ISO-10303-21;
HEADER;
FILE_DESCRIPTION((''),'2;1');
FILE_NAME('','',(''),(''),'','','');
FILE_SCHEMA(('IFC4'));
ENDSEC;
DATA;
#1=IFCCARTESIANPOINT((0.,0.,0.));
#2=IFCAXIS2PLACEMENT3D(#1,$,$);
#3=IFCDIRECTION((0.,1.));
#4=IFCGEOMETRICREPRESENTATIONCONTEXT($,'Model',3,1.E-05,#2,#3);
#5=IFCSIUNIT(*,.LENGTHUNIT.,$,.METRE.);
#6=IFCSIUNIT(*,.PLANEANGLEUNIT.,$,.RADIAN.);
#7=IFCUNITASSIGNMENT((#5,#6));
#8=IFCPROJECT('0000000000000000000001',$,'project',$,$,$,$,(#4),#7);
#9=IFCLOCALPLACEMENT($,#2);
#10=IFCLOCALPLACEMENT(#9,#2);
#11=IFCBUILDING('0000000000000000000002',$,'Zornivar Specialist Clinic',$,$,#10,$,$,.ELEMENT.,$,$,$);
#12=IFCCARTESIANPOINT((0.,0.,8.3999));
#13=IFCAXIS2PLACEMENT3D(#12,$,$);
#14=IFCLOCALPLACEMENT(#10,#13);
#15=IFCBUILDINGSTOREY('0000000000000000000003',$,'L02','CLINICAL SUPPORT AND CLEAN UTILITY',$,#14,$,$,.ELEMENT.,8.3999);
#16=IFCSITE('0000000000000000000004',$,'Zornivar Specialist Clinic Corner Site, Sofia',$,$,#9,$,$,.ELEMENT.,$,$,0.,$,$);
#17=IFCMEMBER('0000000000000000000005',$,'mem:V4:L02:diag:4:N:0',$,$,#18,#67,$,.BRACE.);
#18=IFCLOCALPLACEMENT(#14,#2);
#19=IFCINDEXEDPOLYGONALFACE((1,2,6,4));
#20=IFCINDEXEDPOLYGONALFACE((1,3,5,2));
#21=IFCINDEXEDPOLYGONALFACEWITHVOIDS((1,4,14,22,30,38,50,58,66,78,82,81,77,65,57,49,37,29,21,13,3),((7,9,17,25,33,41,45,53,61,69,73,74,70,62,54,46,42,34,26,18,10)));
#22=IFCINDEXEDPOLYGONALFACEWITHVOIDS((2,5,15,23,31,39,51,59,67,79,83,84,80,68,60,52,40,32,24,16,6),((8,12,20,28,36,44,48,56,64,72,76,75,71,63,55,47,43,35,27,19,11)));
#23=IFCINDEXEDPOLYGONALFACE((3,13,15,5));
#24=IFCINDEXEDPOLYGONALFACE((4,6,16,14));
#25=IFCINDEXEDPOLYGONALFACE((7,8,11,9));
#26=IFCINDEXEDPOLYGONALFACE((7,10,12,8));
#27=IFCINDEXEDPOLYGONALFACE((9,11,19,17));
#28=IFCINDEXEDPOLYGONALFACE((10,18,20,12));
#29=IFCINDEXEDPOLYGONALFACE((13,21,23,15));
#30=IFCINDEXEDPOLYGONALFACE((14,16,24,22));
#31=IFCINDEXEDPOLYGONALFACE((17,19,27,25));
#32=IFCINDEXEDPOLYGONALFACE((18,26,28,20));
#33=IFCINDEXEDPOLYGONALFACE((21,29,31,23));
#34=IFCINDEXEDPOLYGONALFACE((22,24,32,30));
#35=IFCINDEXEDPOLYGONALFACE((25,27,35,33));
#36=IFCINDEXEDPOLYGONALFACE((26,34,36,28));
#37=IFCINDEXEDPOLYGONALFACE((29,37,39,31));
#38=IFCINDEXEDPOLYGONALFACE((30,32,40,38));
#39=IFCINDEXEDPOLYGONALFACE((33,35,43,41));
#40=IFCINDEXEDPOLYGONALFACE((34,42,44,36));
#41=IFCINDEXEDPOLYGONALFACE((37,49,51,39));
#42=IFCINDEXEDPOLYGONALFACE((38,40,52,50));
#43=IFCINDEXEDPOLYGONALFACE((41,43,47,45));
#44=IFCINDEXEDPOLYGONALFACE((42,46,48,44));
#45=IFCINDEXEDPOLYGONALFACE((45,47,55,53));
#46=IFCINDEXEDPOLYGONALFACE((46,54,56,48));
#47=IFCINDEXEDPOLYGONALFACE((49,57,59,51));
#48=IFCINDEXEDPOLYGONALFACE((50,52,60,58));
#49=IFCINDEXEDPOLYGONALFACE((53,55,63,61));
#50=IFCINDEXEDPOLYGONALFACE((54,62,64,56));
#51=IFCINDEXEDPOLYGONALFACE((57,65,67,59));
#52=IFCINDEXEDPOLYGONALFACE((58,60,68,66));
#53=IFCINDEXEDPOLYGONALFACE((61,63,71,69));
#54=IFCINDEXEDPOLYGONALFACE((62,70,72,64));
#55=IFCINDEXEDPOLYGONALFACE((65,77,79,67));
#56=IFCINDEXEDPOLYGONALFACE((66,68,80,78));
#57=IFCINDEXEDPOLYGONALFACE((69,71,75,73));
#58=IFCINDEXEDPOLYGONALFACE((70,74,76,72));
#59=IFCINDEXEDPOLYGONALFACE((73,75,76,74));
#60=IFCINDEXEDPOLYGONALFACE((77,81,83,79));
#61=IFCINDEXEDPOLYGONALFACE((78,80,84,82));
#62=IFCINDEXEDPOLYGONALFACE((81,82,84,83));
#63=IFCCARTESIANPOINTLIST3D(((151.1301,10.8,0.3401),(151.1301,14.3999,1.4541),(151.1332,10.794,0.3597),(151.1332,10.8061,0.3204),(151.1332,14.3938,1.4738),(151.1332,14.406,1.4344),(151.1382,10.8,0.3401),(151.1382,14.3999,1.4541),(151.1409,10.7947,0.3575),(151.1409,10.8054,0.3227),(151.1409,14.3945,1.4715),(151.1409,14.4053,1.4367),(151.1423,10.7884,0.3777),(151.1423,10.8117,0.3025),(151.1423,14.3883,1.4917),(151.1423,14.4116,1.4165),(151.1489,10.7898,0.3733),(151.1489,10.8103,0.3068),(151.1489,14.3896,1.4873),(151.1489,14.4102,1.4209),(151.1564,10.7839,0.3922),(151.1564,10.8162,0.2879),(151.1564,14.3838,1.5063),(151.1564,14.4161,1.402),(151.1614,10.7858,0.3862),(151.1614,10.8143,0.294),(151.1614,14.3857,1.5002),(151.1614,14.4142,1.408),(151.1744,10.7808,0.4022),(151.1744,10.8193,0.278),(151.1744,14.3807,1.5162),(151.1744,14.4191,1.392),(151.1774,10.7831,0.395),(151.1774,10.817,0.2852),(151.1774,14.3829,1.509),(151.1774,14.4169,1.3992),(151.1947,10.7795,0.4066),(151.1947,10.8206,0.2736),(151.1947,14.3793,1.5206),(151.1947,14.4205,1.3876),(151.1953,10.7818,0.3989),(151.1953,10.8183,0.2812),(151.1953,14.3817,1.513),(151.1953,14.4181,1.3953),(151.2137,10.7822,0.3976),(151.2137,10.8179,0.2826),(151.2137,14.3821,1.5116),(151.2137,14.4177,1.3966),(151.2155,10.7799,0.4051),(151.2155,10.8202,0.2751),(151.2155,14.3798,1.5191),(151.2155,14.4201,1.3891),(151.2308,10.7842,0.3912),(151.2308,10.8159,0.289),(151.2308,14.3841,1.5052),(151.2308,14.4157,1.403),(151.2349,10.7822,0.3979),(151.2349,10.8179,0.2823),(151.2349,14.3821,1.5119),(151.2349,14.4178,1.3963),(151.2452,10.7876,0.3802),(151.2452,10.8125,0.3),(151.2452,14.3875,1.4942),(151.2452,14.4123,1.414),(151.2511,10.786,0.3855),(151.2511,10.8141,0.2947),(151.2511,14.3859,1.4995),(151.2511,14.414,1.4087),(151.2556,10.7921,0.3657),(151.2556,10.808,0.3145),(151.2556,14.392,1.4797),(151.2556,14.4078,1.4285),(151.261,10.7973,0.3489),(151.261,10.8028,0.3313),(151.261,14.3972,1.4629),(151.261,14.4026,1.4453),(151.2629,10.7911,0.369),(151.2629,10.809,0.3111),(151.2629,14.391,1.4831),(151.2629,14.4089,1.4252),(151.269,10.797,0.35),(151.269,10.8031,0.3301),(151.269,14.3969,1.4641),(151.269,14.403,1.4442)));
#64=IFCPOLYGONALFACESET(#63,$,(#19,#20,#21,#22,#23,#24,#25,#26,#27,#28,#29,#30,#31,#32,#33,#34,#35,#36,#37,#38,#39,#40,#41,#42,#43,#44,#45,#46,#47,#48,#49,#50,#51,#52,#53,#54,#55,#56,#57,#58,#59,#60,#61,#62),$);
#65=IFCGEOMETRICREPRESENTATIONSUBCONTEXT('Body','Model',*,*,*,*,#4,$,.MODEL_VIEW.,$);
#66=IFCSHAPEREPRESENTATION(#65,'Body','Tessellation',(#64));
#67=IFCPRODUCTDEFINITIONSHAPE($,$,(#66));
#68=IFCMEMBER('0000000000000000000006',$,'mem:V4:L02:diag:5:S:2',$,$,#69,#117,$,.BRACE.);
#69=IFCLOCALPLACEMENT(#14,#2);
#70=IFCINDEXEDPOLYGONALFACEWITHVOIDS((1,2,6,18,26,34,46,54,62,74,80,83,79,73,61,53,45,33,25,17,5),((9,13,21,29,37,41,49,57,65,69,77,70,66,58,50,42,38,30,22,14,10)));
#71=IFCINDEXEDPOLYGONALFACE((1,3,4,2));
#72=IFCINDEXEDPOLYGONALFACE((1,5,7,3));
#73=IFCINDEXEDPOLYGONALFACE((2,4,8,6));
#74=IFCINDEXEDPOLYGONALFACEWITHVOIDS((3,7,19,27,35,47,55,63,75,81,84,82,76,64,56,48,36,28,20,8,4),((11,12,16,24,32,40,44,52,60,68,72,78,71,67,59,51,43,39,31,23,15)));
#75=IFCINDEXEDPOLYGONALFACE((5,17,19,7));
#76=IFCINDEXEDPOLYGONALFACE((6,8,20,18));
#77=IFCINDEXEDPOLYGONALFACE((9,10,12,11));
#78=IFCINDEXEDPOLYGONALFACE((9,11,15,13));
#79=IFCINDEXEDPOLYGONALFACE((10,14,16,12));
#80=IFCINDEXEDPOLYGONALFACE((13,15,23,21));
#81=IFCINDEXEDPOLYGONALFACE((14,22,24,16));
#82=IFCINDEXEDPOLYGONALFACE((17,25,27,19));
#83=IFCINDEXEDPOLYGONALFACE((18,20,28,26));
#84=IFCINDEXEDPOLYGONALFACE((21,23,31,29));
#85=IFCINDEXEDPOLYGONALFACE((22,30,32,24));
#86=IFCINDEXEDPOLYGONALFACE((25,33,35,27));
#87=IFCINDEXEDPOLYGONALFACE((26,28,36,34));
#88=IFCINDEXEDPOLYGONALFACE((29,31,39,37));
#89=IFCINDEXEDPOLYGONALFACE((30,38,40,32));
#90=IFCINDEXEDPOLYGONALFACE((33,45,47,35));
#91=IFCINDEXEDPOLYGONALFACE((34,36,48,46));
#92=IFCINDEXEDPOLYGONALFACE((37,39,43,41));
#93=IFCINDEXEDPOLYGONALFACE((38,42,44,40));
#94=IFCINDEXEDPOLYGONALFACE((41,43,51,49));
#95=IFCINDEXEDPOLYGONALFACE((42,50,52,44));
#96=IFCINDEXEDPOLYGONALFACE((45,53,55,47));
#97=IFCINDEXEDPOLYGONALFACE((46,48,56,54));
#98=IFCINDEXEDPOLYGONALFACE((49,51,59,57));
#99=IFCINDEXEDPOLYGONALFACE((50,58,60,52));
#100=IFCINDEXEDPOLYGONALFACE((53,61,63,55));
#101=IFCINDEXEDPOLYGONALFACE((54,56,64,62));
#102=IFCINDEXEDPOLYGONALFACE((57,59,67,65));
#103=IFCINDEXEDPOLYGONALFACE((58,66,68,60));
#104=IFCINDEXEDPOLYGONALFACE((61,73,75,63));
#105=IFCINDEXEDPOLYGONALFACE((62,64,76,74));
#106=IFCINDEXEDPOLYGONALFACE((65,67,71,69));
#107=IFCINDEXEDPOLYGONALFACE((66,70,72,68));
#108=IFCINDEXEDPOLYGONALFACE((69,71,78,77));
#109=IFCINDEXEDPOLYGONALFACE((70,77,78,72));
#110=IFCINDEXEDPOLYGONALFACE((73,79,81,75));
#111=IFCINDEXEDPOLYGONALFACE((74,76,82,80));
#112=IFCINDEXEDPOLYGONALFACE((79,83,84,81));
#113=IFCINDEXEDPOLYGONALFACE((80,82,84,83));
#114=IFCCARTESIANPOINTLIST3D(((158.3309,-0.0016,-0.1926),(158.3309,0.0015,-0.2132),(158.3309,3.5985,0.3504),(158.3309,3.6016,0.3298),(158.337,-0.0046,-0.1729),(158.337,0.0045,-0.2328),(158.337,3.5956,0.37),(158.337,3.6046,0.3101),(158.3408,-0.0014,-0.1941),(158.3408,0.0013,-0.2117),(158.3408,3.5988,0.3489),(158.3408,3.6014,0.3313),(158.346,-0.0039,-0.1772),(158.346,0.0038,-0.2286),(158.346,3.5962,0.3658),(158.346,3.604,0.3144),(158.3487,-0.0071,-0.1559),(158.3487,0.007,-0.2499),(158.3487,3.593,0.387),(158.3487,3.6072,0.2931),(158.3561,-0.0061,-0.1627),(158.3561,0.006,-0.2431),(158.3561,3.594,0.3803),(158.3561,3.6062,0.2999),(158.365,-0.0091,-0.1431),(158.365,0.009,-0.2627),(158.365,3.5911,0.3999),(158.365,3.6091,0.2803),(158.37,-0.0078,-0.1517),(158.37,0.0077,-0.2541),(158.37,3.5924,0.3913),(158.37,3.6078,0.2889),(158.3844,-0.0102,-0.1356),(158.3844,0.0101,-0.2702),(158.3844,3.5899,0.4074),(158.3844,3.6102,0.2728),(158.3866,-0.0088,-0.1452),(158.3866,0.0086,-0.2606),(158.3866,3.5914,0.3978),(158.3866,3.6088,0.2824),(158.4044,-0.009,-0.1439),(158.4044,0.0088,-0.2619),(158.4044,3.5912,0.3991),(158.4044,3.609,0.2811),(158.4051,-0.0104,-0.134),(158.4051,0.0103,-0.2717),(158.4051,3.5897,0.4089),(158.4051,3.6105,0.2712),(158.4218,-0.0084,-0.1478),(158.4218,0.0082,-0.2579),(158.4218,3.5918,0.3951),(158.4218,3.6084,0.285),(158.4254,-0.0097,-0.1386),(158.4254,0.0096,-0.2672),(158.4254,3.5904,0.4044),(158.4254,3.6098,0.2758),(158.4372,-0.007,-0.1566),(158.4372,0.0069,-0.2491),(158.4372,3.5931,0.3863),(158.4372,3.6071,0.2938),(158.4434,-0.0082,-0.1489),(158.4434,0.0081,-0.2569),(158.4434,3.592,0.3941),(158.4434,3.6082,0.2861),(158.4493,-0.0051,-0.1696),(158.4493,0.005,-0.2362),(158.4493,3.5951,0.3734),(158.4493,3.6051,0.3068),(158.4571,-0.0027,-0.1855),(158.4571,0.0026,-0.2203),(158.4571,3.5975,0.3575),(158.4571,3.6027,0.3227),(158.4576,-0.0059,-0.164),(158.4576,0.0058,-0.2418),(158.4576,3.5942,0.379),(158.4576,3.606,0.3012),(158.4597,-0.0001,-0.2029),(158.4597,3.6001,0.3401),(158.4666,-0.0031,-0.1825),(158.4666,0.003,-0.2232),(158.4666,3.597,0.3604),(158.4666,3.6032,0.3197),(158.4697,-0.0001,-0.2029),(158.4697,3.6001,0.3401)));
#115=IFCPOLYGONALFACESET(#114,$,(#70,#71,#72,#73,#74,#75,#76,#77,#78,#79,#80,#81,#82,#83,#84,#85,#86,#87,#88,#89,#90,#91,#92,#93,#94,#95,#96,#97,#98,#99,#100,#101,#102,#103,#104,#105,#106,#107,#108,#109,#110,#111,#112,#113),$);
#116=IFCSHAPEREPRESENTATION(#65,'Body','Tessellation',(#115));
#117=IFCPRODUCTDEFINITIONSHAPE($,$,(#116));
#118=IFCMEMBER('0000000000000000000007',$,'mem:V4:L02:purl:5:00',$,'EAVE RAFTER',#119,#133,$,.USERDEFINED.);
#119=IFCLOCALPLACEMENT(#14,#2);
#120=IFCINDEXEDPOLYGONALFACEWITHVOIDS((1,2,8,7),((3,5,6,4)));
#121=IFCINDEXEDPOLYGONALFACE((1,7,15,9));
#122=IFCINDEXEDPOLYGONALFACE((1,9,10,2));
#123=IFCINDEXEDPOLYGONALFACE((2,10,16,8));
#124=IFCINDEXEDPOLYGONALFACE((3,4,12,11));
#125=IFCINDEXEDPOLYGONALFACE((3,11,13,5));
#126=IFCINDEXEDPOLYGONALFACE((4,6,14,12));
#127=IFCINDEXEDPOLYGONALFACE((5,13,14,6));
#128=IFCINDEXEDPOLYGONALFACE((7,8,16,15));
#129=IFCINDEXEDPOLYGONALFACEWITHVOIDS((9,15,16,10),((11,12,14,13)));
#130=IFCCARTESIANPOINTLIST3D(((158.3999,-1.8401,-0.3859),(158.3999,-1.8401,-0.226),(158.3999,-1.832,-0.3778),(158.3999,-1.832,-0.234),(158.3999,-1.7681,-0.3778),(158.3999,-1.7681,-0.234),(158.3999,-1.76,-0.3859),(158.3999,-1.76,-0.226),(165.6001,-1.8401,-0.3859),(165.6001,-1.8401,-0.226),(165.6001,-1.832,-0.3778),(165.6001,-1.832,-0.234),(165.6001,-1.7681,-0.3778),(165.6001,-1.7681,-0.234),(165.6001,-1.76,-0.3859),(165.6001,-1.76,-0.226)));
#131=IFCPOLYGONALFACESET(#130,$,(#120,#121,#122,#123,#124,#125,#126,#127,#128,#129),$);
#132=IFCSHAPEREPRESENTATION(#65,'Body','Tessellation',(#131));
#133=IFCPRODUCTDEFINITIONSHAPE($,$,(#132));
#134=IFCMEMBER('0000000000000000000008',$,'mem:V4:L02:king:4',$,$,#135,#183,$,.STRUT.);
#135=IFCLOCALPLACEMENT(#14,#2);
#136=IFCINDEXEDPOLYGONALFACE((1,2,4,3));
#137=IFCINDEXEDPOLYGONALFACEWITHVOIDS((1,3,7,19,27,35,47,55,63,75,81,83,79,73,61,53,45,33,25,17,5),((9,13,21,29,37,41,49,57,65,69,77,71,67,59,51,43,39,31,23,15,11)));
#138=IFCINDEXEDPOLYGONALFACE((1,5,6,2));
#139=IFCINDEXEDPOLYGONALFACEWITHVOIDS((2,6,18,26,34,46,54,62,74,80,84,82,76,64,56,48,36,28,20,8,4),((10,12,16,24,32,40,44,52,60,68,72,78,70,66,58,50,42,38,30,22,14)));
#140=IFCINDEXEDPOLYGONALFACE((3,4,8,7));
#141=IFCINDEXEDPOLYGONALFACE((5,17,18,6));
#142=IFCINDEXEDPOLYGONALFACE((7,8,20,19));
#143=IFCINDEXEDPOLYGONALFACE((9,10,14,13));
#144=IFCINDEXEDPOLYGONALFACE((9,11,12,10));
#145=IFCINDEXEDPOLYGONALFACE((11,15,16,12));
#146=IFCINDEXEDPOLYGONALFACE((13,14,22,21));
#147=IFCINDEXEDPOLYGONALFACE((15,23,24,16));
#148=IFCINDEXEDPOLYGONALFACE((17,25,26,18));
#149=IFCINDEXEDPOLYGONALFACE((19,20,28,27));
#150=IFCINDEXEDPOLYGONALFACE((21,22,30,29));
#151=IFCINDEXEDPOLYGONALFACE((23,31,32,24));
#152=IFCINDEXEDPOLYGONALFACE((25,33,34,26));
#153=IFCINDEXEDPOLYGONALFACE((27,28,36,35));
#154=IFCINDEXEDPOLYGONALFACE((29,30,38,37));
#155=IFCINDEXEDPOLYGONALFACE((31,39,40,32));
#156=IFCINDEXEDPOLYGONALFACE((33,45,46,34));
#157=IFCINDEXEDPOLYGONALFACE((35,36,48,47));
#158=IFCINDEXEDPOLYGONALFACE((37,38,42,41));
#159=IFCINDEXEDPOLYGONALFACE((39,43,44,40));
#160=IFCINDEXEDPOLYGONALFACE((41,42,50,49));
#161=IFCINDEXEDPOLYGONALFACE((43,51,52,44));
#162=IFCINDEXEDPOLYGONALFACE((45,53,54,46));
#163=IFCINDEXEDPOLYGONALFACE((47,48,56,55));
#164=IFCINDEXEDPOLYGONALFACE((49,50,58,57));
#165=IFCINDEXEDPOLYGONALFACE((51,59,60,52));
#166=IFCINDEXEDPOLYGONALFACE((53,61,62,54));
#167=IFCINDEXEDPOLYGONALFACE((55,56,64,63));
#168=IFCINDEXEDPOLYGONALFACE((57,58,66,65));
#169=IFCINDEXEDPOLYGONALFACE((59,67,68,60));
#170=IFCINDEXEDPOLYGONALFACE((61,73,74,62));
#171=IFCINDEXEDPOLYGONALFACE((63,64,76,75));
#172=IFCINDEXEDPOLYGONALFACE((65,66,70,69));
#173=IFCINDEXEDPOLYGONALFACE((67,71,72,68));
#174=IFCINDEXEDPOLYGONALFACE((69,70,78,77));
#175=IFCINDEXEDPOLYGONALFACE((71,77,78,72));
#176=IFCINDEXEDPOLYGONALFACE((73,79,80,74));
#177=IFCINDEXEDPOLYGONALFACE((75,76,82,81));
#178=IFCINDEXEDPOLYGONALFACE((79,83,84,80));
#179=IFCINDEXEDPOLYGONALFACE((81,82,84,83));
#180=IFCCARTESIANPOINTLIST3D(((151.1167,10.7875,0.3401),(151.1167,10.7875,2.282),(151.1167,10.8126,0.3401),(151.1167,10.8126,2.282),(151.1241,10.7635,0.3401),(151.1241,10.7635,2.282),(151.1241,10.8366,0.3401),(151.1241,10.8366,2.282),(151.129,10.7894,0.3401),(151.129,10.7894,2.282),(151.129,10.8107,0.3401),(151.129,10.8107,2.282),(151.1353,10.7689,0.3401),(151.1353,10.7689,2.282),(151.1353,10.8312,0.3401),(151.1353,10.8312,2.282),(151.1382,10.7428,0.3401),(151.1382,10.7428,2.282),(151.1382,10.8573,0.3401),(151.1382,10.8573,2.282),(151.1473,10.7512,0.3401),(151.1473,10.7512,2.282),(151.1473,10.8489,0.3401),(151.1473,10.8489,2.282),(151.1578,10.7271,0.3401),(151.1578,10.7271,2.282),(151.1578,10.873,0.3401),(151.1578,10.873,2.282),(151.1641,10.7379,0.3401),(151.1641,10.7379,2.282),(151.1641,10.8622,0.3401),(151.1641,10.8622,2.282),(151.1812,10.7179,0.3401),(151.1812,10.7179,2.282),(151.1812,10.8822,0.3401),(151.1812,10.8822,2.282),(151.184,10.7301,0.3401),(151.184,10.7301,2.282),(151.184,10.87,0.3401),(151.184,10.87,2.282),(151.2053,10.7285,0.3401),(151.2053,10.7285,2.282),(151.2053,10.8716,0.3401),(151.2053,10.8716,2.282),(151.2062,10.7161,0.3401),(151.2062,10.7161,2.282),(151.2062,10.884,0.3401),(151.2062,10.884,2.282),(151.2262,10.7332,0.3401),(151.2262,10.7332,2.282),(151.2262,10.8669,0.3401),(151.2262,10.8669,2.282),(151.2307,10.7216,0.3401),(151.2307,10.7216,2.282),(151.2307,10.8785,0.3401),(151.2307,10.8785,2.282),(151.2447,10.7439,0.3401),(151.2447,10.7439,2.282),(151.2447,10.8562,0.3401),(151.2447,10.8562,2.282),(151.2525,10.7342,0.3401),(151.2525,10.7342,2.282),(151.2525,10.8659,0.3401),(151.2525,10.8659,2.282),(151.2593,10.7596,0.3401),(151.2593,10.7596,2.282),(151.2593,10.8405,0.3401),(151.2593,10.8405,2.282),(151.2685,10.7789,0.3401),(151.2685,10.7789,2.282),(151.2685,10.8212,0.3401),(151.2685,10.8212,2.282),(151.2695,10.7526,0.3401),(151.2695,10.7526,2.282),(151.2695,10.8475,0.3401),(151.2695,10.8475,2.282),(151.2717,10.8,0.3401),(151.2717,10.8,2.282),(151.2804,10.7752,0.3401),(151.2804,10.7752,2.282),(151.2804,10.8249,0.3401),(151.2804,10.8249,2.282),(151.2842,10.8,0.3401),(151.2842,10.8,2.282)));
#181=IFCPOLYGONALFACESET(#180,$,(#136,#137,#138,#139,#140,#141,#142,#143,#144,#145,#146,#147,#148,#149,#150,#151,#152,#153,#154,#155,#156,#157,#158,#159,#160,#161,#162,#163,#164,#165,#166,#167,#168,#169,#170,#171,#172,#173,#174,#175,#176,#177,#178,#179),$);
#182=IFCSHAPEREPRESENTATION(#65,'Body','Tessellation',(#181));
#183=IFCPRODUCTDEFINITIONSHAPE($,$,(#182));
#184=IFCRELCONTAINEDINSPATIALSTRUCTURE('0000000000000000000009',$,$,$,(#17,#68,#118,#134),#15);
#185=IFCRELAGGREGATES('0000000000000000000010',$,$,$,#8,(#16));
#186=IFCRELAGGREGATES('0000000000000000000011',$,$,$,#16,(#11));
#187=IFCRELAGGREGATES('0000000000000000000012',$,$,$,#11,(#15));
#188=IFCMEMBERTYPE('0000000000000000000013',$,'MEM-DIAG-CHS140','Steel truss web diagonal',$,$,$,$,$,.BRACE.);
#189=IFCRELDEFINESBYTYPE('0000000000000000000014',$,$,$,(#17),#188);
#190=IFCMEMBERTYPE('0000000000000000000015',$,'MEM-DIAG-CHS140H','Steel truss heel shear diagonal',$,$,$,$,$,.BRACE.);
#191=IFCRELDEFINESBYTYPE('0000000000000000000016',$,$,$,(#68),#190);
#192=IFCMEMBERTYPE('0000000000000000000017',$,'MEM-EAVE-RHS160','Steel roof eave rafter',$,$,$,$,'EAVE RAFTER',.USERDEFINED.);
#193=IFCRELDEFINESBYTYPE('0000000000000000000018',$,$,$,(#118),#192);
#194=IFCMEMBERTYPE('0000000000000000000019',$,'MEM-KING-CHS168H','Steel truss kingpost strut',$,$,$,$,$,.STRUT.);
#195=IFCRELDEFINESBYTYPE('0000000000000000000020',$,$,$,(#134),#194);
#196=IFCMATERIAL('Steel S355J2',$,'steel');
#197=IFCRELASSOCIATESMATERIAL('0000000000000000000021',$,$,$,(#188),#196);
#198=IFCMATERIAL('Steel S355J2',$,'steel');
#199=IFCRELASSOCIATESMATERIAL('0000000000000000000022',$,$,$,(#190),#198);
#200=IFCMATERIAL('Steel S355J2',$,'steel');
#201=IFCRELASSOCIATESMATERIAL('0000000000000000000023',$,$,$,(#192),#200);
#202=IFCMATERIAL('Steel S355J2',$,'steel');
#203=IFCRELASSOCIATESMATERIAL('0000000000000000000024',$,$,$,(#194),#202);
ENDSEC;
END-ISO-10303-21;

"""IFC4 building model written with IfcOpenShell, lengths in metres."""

from ifc_helpers import new_model, si_unit, direction, frame, origin, origin_2d, place, context, subcontext, project, spatial, hollow_rectangle, hollow_circle, extrude, material, material_profile, profile_set, type_object, element, save


model = new_model("IFC4")

# Units and contexts
model_context = context("Model", 3, precision=1e-05, world=origin(), true_north=direction((0.0, 1.0)))
body_context = subcontext(model_context, "Body", "Model", "MODEL_VIEW")
ifc_project = project(units=[si_unit("LENGTHUNIT", "METRE"), si_unit("PLANEANGLEUNIT", "RADIAN")], contexts=[model_context])

# Site, building, storey
site_placement = place(None, origin())
site = spatial("IfcSite", under=ifc_project, at=site_placement, Name="Zornivar Specialist Clinic Corner Site, Sofia", CompositionType="ELEMENT", RefElevation=0.0)
building_placement = place(site_placement, origin())
building = spatial("IfcBuilding", under=site, at=building_placement, Name="Zornivar Specialist Clinic", CompositionType="ELEMENT")
storey_placement = place(building_placement, frame((0.0, 0.0, 8.3999)))
storey = spatial("IfcBuildingStorey", under=building, at=storey_placement, Name="L02", Description="CLINICAL SUPPORT AND CLEAN UTILITY", CompositionType="ELEMENT", Elevation=8.3999)

# Members
ifc_material_1 = material(Name="Steel S355J2", Category="steel")
ifc_material_profile_1 = material_profile(ifc_material_1, hollow_circle(Radius=0.0698, WallThickness=0.0081, at=origin_2d()), Name="CHS 139.7x8")
ifc_profile_set_1 = profile_set([ifc_material_profile_1], Name="Steel S355J2")
member_type_1 = type_object("IfcMemberType", Name="MEM-DIAG-CHS140", Description="Steel truss web diagonal", PredefinedType="BRACE", material=ifc_profile_set_1)
member_1_placement = place(storey_placement, frame((151.2, 10.8, 0.3401), z_axis=(0.0, 0.955303, 0.295629), x_axis=(-1.0, 0.0, 0.0)))
element("IfcMember", 1, at=member_1_placement, inside=storey, type_object=member_type_1, Name="mem:V4:L02:diag:4:N:0", PredefinedType="BRACE", context=body_context, shape_type="SweptSolid", body=[
    extrude(hollow_circle(Radius=0.0698, WallThickness=0.0081, at=origin_2d()), origin(), (0.0, 0.0, 1.0), 3.7683),
])
ifc_material_2 = material(Name="Steel S355J2", Category="steel")
ifc_material_profile_2 = material_profile(ifc_material_2, hollow_circle(Radius=0.0698, WallThickness=0.01, at=origin_2d()), Name="CHS 139.7x10")
ifc_profile_set_2 = profile_set([ifc_material_profile_2], Name="Steel S355J2")
member_type_2 = type_object("IfcMemberType", Name="MEM-DIAG-CHS140H", Description="Steel truss heel shear diagonal", PredefinedType="BRACE", material=ifc_profile_set_2)
member_2_placement = place(storey_placement, frame((158.3999, 3.6001, 0.3401), z_axis=(0.0, -0.988817, -0.149134), x_axis=(1.0, 0.0, 0.0)))
element("IfcMember", 2, at=member_2_placement, inside=storey, type_object=member_type_2, Name="mem:V4:L02:diag:5:S:2", PredefinedType="BRACE", context=body_context, shape_type="SweptSolid", body=[
    extrude(hollow_circle(Radius=0.0698, WallThickness=0.01, at=origin_2d()), origin(), (0.0, 0.0, 1.0), 3.6409),
])
ifc_material_3 = material(Name="Steel S355J2", Category="steel")
ifc_material_profile_3 = material_profile(ifc_material_3, hollow_rectangle(XDim=0.0801, YDim=0.1599, WallThickness=0.0081, at=origin_2d()), Name="RHS 160x80x8")
ifc_profile_set_3 = profile_set([ifc_material_profile_3], Name="Steel S355J2")
member_type_3 = type_object("IfcMemberType", Name="MEM-EAVE-RHS160", Description="Steel roof eave rafter", ElementType="EAVE RAFTER", PredefinedType="USERDEFINED", material=ifc_profile_set_3)
member_3_placement = place(storey_placement, frame((158.3999, -1.8, -0.3059), z_axis=(1.0, 0.0, 0.0), x_axis=(0.0, 1.0, 0.0)))
element("IfcMember", 3, at=member_3_placement, inside=storey, type_object=member_type_3, Name="mem:V4:L02:purl:5:00", ObjectType="EAVE RAFTER", PredefinedType="USERDEFINED", context=body_context, shape_type="SweptSolid", body=[
    extrude(hollow_rectangle(XDim=0.0801, YDim=0.1599, WallThickness=0.0081, at=origin_2d()), origin(), (0.0, 0.0, 1.0), 7.2002),
])
ifc_material_4 = material(Name="Steel S355J2", Category="steel")
ifc_material_profile_4 = material_profile(ifc_material_4, hollow_circle(Radius=0.0842, WallThickness=0.0125, at=origin_2d()), Name="CHS 168.3x12.5")
ifc_profile_set_4 = profile_set([ifc_material_profile_4], Name="Steel S355J2")
member_type_4 = type_object("IfcMemberType", Name="MEM-KING-CHS168H", Description="Steel truss kingpost strut", PredefinedType="STRUT", material=ifc_profile_set_4)
member_4_placement = place(storey_placement, frame((151.2, 10.8, 0.3401), z_axis=(0.0, 0.0, 1.0), x_axis=(1.0, 0.0, 0.0)))
element("IfcMember", 4, at=member_4_placement, inside=storey, type_object=member_type_4, Name="mem:V4:L02:king:4", PredefinedType="STRUT", context=body_context, shape_type="SweptSolid", body=[
    extrude(hollow_circle(Radius=0.0842, WallThickness=0.0125, at=origin_2d()), origin(), (0.0, 0.0, 1.0), 1.9419),
])

save(model, "model.ifc")
